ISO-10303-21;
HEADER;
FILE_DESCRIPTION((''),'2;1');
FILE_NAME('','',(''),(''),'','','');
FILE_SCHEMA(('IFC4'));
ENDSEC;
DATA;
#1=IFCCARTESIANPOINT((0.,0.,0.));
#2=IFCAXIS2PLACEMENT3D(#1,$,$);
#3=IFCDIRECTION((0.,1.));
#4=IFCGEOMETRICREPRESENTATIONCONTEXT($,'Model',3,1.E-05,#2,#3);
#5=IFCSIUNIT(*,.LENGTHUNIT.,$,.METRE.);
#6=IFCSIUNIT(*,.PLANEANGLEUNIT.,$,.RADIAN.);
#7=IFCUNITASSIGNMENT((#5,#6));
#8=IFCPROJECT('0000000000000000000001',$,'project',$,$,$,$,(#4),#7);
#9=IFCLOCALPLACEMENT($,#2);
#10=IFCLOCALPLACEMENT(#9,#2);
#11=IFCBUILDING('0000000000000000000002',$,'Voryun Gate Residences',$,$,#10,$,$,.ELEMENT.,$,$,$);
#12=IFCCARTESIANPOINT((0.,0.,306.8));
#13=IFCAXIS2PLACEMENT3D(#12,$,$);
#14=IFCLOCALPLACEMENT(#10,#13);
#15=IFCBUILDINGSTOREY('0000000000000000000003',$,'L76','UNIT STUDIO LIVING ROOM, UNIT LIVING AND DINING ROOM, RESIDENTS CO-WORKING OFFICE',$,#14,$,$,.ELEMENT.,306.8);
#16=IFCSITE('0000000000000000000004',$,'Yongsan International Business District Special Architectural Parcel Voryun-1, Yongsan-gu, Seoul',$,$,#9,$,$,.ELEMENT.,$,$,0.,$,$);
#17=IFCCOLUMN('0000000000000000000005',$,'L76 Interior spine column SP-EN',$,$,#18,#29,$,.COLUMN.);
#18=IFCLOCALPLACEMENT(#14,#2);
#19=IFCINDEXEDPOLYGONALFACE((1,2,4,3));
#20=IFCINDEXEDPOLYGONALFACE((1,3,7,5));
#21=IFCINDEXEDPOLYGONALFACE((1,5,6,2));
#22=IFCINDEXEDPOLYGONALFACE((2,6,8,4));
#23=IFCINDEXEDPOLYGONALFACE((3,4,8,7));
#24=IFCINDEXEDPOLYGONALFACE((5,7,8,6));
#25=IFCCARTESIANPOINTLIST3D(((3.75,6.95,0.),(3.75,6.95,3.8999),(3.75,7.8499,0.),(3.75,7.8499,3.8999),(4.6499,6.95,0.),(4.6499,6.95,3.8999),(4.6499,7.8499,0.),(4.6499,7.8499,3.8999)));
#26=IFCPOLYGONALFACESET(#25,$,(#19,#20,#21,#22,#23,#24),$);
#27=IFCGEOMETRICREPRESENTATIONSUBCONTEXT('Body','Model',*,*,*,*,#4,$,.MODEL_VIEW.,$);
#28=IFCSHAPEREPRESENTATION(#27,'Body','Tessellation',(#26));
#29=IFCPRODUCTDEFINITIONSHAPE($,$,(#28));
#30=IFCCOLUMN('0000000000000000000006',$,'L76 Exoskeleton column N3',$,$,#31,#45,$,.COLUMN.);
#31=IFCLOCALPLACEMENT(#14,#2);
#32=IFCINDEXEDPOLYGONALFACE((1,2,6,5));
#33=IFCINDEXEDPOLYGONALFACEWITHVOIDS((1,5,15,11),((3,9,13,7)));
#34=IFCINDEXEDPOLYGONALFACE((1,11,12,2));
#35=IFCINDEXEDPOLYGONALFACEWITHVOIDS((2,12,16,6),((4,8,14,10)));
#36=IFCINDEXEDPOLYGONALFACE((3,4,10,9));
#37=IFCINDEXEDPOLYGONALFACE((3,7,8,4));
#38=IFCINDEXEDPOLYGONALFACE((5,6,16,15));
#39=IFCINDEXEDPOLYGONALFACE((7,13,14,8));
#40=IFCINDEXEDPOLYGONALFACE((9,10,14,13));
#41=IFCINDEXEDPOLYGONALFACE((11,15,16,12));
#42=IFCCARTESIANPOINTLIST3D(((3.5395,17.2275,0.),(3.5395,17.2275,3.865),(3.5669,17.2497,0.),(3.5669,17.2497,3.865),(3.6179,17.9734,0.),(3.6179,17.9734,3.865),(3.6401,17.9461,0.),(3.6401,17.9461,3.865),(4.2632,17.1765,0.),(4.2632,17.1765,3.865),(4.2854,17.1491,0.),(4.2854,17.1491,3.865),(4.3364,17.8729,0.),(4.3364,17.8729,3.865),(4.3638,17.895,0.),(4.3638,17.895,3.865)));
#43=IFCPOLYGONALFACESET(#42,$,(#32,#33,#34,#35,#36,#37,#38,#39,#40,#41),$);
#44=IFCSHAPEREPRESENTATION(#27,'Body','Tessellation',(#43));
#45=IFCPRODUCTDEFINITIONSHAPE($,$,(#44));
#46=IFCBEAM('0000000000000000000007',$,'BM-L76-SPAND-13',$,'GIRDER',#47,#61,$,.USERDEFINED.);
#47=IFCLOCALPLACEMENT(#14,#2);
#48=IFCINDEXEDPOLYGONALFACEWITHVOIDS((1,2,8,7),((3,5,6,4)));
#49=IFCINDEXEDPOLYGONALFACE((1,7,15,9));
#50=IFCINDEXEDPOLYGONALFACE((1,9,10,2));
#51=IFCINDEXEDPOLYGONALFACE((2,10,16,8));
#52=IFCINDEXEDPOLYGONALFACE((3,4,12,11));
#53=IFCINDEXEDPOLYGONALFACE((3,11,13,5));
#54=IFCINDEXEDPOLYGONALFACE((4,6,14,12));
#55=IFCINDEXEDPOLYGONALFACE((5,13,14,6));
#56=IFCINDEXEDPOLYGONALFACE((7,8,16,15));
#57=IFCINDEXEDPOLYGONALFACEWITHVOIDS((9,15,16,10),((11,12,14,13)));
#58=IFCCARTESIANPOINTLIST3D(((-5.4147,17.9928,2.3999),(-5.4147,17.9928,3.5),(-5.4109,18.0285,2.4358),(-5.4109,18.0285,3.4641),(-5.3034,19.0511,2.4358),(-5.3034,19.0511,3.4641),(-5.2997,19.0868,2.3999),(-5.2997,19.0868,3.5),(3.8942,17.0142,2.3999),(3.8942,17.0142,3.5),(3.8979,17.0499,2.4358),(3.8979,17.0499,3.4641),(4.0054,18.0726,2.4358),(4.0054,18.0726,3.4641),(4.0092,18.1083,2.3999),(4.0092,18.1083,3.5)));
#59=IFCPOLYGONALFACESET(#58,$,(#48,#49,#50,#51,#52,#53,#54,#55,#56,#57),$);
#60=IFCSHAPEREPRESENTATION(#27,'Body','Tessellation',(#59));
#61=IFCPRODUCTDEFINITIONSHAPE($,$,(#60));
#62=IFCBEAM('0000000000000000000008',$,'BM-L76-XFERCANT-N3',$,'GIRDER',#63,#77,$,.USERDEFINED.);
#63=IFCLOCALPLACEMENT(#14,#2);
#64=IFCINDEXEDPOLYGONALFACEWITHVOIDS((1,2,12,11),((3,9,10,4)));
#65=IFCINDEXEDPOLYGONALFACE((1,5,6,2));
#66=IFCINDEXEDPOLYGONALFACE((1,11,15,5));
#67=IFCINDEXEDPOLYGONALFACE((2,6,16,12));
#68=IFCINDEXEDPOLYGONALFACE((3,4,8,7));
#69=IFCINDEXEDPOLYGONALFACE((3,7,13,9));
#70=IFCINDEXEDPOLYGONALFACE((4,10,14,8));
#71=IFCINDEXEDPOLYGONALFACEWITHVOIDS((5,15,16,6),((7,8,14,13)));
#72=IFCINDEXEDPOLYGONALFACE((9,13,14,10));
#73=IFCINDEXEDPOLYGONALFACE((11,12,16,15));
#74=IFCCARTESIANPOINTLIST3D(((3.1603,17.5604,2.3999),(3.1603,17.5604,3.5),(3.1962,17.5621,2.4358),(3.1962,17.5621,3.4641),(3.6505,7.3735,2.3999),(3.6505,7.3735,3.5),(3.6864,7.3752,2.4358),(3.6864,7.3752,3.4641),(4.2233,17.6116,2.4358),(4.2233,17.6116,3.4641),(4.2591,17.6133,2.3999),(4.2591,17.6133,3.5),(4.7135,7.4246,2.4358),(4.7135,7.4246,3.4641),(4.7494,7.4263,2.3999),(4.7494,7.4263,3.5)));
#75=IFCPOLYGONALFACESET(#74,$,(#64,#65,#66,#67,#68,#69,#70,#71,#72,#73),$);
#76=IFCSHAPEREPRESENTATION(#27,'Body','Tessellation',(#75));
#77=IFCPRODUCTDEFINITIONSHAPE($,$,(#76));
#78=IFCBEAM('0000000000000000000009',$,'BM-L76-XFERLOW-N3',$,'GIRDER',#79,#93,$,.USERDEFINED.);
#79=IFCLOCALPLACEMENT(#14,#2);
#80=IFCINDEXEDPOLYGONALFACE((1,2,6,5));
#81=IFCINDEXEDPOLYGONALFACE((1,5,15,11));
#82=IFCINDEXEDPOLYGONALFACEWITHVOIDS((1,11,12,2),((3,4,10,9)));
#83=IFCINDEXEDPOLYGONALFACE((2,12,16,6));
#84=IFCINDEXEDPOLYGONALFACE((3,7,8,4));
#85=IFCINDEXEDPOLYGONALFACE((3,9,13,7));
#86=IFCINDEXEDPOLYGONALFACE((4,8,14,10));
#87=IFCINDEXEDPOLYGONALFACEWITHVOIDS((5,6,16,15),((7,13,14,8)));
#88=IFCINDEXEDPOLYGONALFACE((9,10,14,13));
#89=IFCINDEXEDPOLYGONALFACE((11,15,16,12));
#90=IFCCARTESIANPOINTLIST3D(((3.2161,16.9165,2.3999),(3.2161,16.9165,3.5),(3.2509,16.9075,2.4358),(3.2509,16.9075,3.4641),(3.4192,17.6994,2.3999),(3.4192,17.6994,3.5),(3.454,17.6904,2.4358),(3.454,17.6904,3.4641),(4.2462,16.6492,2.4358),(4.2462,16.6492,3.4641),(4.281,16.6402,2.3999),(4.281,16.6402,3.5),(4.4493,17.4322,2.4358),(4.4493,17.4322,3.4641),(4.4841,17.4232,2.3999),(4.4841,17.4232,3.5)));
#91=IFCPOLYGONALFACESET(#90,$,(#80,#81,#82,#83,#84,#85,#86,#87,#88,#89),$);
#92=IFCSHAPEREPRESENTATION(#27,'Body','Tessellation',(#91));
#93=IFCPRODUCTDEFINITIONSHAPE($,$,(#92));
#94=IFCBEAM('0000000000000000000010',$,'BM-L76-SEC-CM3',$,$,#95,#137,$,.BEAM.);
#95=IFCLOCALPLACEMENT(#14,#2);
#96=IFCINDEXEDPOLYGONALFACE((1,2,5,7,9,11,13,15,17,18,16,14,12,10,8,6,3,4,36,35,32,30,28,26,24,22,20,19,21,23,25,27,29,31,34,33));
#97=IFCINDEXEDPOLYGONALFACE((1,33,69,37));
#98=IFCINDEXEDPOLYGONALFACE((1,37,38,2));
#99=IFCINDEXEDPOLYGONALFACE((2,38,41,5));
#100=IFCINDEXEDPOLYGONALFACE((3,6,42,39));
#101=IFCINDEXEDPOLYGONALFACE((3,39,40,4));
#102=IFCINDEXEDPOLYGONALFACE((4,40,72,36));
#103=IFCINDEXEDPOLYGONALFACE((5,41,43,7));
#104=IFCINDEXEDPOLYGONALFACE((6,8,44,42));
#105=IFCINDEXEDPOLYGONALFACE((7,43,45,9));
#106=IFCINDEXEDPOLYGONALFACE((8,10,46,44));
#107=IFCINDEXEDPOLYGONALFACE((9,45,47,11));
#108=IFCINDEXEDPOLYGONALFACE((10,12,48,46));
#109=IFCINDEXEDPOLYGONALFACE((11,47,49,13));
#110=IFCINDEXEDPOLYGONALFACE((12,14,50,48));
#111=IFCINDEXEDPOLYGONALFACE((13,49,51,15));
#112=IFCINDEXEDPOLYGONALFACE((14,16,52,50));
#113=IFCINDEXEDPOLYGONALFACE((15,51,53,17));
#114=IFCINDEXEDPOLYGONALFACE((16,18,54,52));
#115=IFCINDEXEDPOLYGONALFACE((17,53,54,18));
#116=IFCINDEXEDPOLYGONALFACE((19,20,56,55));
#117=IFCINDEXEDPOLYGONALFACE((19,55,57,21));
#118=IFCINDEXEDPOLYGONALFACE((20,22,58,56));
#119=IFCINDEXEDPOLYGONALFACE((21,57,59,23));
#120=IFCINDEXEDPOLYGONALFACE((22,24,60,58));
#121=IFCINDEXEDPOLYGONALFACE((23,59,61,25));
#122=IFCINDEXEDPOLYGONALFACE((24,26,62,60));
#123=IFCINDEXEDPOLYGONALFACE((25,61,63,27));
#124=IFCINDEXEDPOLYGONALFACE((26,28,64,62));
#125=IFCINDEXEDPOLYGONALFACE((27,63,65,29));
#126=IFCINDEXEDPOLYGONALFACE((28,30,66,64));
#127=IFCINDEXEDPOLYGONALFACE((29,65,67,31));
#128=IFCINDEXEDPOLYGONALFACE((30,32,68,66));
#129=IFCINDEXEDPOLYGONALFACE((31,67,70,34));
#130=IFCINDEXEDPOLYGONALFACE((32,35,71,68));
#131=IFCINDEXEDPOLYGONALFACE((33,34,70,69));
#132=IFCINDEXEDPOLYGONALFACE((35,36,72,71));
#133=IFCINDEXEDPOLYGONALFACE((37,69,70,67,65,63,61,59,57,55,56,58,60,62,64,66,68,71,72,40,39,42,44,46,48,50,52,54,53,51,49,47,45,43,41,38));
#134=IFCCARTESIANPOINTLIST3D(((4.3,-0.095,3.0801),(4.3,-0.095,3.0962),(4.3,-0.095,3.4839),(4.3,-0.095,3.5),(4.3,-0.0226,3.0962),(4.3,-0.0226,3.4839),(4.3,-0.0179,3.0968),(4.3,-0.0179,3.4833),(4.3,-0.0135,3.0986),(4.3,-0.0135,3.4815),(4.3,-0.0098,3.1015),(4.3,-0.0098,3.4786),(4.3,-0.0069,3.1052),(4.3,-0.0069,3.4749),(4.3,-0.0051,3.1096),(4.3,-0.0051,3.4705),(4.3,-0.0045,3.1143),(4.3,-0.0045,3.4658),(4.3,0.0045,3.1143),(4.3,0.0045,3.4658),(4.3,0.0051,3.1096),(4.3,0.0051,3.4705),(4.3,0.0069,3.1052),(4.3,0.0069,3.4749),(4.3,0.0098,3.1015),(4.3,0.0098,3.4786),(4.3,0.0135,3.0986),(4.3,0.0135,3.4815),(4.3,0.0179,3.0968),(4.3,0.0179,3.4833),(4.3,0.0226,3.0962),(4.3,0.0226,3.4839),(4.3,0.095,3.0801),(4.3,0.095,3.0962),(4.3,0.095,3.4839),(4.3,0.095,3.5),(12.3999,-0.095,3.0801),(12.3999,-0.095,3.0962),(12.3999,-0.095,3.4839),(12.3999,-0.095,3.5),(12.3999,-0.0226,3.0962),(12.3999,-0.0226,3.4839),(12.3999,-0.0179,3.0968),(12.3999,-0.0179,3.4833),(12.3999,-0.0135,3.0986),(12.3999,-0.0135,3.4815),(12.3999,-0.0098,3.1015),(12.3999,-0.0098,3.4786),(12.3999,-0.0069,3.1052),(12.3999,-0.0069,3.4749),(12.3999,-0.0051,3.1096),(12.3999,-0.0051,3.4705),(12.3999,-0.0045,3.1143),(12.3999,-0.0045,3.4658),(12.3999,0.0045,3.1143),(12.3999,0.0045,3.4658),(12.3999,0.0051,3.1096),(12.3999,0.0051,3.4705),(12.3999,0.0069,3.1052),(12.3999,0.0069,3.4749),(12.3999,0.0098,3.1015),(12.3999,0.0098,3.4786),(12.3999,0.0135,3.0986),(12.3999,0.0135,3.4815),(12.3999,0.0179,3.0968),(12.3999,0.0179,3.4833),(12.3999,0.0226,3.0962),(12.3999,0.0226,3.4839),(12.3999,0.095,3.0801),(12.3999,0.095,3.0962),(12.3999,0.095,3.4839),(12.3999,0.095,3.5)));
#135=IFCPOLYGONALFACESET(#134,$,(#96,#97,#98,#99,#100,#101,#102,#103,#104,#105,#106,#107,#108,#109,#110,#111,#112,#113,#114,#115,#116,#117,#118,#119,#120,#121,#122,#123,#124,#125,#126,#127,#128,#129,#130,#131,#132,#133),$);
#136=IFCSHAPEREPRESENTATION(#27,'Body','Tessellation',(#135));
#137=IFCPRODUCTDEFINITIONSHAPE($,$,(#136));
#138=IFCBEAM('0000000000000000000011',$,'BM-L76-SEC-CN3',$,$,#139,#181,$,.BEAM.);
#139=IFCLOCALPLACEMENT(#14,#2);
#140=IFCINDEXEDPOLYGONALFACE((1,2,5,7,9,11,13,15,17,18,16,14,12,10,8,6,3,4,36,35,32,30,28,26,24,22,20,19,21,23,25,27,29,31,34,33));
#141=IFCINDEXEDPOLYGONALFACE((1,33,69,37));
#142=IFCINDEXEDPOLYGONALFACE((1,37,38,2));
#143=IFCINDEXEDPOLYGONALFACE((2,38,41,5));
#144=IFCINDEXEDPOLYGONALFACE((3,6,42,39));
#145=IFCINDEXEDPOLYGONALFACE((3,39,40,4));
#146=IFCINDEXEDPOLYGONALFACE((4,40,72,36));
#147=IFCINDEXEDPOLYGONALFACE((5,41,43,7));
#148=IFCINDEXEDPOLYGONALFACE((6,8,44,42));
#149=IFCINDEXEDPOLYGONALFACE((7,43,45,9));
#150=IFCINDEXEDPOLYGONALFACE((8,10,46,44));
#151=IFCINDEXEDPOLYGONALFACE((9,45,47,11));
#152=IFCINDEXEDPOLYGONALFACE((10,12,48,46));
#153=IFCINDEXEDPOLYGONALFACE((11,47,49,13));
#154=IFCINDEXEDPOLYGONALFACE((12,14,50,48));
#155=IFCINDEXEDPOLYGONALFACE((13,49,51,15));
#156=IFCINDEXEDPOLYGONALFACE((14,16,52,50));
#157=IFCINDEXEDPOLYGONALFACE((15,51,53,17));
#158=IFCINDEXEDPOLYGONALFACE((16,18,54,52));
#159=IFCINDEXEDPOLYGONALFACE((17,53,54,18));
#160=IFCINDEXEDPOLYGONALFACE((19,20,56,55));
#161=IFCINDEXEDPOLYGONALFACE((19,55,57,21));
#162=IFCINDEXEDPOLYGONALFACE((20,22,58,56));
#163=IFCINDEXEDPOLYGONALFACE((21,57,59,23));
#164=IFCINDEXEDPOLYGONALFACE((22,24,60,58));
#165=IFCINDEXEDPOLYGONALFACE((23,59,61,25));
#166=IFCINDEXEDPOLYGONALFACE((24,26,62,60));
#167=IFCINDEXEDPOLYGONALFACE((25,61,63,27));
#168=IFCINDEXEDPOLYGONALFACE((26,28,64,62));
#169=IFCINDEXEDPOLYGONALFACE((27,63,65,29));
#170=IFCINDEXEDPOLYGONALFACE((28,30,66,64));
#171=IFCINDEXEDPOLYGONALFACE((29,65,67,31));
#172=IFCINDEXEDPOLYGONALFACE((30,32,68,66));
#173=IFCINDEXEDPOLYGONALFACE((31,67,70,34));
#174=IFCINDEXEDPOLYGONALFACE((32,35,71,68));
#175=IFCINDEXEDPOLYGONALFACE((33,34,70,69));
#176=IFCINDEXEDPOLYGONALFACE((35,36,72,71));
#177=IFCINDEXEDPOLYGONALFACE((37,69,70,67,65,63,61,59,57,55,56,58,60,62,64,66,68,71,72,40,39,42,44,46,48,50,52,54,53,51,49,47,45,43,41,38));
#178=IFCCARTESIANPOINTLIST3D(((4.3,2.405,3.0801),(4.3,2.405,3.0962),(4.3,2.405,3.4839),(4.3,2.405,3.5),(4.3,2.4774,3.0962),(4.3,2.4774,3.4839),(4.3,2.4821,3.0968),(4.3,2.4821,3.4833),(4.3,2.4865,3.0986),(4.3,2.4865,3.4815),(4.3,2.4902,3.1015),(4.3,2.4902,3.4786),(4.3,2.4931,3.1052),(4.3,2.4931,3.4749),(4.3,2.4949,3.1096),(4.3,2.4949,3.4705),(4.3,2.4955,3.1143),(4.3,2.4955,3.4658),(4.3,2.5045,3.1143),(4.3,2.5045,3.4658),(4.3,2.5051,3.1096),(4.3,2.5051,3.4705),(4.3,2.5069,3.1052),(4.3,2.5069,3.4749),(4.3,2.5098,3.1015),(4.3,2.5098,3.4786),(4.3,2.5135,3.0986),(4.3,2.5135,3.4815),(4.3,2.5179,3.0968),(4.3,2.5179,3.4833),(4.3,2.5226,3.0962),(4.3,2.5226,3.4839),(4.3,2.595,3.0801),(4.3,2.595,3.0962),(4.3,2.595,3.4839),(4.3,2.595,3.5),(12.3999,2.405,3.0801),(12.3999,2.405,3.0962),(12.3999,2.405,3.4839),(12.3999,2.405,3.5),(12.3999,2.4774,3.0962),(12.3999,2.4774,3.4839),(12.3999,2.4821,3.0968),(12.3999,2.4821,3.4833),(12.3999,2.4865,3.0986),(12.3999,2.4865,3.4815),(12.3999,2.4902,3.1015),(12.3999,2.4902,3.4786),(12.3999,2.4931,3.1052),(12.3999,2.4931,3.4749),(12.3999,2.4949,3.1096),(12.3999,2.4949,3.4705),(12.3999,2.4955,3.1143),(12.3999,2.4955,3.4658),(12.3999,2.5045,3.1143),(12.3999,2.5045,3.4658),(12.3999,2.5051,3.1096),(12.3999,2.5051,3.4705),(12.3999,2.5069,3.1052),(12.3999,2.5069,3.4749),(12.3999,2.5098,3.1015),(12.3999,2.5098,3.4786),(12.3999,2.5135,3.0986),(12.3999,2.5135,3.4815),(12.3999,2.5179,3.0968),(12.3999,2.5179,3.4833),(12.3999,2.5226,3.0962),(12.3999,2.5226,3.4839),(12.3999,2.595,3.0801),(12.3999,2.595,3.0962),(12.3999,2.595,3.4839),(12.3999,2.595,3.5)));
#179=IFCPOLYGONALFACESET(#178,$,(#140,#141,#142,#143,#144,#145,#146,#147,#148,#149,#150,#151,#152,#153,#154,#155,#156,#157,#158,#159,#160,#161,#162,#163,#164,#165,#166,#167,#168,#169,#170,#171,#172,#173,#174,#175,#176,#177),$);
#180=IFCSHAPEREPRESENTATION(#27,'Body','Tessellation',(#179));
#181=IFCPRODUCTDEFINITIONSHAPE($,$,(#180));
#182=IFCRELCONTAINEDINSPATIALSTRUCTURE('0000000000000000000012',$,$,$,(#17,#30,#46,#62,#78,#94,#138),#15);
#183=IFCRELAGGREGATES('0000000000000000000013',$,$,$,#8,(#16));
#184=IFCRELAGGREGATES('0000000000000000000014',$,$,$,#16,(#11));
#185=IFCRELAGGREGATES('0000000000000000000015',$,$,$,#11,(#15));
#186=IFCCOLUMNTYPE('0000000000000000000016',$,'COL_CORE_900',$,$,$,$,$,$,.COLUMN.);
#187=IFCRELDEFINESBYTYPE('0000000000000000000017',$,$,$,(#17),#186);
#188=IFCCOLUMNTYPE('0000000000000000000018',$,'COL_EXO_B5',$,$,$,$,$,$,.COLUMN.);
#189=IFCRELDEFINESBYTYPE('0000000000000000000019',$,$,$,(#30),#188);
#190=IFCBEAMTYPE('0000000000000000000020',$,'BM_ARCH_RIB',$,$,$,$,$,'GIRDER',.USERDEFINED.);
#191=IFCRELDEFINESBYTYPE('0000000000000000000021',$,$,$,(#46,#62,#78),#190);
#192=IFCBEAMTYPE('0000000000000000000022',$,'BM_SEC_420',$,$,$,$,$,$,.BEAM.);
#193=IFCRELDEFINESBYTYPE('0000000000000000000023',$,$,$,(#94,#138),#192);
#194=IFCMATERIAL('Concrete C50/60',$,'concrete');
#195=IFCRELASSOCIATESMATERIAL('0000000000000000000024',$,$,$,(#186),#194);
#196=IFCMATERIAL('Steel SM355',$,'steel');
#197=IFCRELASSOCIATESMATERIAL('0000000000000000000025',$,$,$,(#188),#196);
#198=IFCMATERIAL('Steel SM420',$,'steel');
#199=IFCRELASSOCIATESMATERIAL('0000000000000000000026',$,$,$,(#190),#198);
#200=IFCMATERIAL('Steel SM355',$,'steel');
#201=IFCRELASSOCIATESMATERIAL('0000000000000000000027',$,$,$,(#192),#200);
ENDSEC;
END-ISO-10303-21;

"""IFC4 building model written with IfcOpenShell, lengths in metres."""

from ifc_helpers import new_model, si_unit, direction, frame, origin, origin_2d, place, context, subcontext, project, spatial, rectangle, hollow_rectangle, i_section, extrude, material, material_profile, profile_set, type_object, element, save


model = new_model("IFC4")

# Units and contexts
model_context = context("Model", 3, precision=1e-05, world=origin(), true_north=direction((0.0, 1.0)))
body_context = subcontext(model_context, "Body", "Model", "MODEL_VIEW")
ifc_project = project(units=[si_unit("LENGTHUNIT", "METRE"), si_unit("PLANEANGLEUNIT", "RADIAN")], contexts=[model_context])

# Site, building, storey
site_placement = place(None, origin())
site = spatial("IfcSite", under=ifc_project, at=site_placement, Name="Yongsan International Business District Special Architectural Parcel Voryun-1, Yongsan-gu, Seoul", CompositionType="ELEMENT", RefElevation=0.0)
building_placement = place(site_placement, origin())
building = spatial("IfcBuilding", under=site, at=building_placement, Name="Voryun Gate Residences", CompositionType="ELEMENT")
storey_placement = place(building_placement, frame((0.0, 0.0, 306.8)))
storey = spatial("IfcBuildingStorey", under=building, at=storey_placement, Name="L76", Description="UNIT STUDIO LIVING ROOM, UNIT LIVING AND DINING ROOM, RESIDENTS CO-WORKING OFFICE", CompositionType="ELEMENT", Elevation=306.8)

# Columns
ifc_material_1 = material(Name="Concrete C50/60", Category="concrete")
ifc_material_profile_1 = material_profile(ifc_material_1, rectangle(XDim=0.8999, YDim=0.8999, at=origin_2d()), Name="RC-900x900")
ifc_profile_set_1 = profile_set([ifc_material_profile_1], Name="Concrete C50/60")
column_type_1 = type_object("IfcColumnType", Name="COL_CORE_900", PredefinedType="COLUMN", material=ifc_profile_set_1)
column_1_placement = place(storey_placement, frame((4.2, 7.3999, 0.0), z_axis=(0.0, 0.0, 1.0), x_axis=(1.0, 0.0, 0.0)))
element("IfcColumn", 1, at=column_1_placement, inside=storey, type_object=column_type_1, Name="L76 Interior spine column SP-EN", PredefinedType="COLUMN", context=body_context, shape_type="SweptSolid", body=[
    extrude(rectangle(XDim=0.8999, YDim=0.8999, at=origin_2d()), origin(), (0.0, 0.0, 1.0), 3.8999),
])
ifc_material_2 = material(Name="Steel SM355", Category="steel")
ifc_material_profile_2 = material_profile(ifc_material_2, hollow_rectangle(XDim=0.75, YDim=0.75, WallThickness=0.0249, at=origin_2d()), Name="BOX-750x750x25")
ifc_profile_set_2 = profile_set([ifc_material_profile_2], Name="Steel SM355")
column_type_2 = type_object("IfcColumnType", Name="COL_EXO_B5", PredefinedType="COLUMN", material=ifc_profile_set_2)
column_2_placement = place(storey_placement, frame((3.9517, 17.5613, 0.0), z_axis=(0.0, 0.0, 1.0), x_axis=(0.994522, -0.104528, 0.0)))
element("IfcColumn", 2, at=column_2_placement, inside=storey, type_object=column_type_2, Name="L76 Exoskeleton column N3", PredefinedType="COLUMN", context=body_context, shape_type="SweptSolid", body=[
    extrude(hollow_rectangle(XDim=0.75, YDim=0.75, WallThickness=0.0249, at=origin_2d()), origin(), (0.0, 0.0, 1.0), 3.865),
])

# Beams
ifc_material_3 = material(Name="Steel SM420", Category="steel")
ifc_material_profile_3 = material_profile(ifc_material_3, hollow_rectangle(XDim=1.1001, YDim=1.1001, WallThickness=0.0359, at=origin_2d()), Name="BOX-1100x1100x36")
ifc_profile_set_3 = profile_set([ifc_material_profile_3], Name="Steel SM420")
beam_type_1 = type_object("IfcBeamType", Name="BM_ARCH_RIB", ElementType="GIRDER", PredefinedType="USERDEFINED", material=ifc_profile_set_3)
beam_1_placement = place(storey_placement, frame((3.9517, 17.5613, 2.95), z_axis=(-0.994521, 0.104541, 0.0), x_axis=(-0.104541, -0.994521, 0.0)))
element("IfcBeam", 3, at=beam_1_placement, inside=storey, type_object=beam_type_1, Name="BM-L76-SPAND-13", ObjectType="GIRDER", PredefinedType="USERDEFINED", context=body_context, shape_type="SweptSolid", body=[
    extrude(hollow_rectangle(XDim=1.1001, YDim=1.1001, WallThickness=0.0359, at=origin_2d()), origin(), (0.0, 0.0, 1.0), 9.3601),
])
beam_2_placement = place(storey_placement, frame((4.2, 7.3999, 2.95), z_axis=(-0.048068, 0.998844, 0.0), x_axis=(-0.998844, -0.048068, 0.0)))
element("IfcBeam", 4, at=beam_2_placement, inside=storey, type_object=beam_type_1, Name="BM-L76-XFERCANT-N3", ObjectType="GIRDER", PredefinedType="USERDEFINED", context=body_context, shape_type="SweptSolid", body=[
    extrude(hollow_rectangle(XDim=1.1001, YDim=1.1001, WallThickness=0.0359, at=origin_2d()), origin(), (0.0, 0.0, 1.0), 10.1987),
])
beam_3_placement = place(storey_placement, frame((3.9517, 17.5613, 2.95), z_axis=(-0.251119, -0.967956, 0.0), x_axis=(0.967956, -0.251119, 0.0)))
element("IfcBeam", 5, at=beam_3_placement, inside=storey, type_object=beam_type_1, Name="BM-L76-XFERLOW-N3", ObjectType="GIRDER", PredefinedType="USERDEFINED", context=body_context, shape_type="SweptSolid", body=[
    extrude(hollow_rectangle(XDim=1.1001, YDim=1.1001, WallThickness=0.0359, at=origin_2d()), origin(), (0.0, 0.0, 1.0), 0.8088),
])
ifc_material_4 = material(Name="Steel SM355", Category="steel")
ifc_material_profile_4 = material_profile(ifc_material_4, i_section(OverallWidth=0.1899, OverallDepth=0.4199, WebThickness=0.009, FlangeThickness=0.0161, FilletRadius=0.0181, at=origin_2d()), Name="H-420x190x9x16")
ifc_profile_set_4 = profile_set([ifc_material_profile_4], Name="Steel SM355")
beam_type_2 = type_object("IfcBeamType", Name="BM_SEC_420", PredefinedType="BEAM", material=ifc_profile_set_4)
for number, where, z_axis, x_axis, name in (
    (6, (4.3, 0.0, 3.29), (1.0, 0.0, 0.0), (0.0, 1.0, 0.0), "BM-L76-SEC-CM3"),
    (7, (4.3, 2.5, 3.29), (1.0, 0.0, 0.0), (0.0, 1.0, 0.0), "BM-L76-SEC-CN3"),
):
    element("IfcBeam", number, at=place(storey_placement, frame(where, z_axis=z_axis, x_axis=x_axis)), inside=storey, type_object=beam_type_2, Name=name, PredefinedType="BEAM", context=body_context, shape_type="SweptSolid", body=[
        extrude(i_section(OverallWidth=0.1899, OverallDepth=0.4199, WebThickness=0.009, FlangeThickness=0.0161, FilletRadius=0.0181, at=origin_2d()), origin(), (0.0, 0.0, 1.0), 8.0999),
    ])

save(model, "model.ifc")
